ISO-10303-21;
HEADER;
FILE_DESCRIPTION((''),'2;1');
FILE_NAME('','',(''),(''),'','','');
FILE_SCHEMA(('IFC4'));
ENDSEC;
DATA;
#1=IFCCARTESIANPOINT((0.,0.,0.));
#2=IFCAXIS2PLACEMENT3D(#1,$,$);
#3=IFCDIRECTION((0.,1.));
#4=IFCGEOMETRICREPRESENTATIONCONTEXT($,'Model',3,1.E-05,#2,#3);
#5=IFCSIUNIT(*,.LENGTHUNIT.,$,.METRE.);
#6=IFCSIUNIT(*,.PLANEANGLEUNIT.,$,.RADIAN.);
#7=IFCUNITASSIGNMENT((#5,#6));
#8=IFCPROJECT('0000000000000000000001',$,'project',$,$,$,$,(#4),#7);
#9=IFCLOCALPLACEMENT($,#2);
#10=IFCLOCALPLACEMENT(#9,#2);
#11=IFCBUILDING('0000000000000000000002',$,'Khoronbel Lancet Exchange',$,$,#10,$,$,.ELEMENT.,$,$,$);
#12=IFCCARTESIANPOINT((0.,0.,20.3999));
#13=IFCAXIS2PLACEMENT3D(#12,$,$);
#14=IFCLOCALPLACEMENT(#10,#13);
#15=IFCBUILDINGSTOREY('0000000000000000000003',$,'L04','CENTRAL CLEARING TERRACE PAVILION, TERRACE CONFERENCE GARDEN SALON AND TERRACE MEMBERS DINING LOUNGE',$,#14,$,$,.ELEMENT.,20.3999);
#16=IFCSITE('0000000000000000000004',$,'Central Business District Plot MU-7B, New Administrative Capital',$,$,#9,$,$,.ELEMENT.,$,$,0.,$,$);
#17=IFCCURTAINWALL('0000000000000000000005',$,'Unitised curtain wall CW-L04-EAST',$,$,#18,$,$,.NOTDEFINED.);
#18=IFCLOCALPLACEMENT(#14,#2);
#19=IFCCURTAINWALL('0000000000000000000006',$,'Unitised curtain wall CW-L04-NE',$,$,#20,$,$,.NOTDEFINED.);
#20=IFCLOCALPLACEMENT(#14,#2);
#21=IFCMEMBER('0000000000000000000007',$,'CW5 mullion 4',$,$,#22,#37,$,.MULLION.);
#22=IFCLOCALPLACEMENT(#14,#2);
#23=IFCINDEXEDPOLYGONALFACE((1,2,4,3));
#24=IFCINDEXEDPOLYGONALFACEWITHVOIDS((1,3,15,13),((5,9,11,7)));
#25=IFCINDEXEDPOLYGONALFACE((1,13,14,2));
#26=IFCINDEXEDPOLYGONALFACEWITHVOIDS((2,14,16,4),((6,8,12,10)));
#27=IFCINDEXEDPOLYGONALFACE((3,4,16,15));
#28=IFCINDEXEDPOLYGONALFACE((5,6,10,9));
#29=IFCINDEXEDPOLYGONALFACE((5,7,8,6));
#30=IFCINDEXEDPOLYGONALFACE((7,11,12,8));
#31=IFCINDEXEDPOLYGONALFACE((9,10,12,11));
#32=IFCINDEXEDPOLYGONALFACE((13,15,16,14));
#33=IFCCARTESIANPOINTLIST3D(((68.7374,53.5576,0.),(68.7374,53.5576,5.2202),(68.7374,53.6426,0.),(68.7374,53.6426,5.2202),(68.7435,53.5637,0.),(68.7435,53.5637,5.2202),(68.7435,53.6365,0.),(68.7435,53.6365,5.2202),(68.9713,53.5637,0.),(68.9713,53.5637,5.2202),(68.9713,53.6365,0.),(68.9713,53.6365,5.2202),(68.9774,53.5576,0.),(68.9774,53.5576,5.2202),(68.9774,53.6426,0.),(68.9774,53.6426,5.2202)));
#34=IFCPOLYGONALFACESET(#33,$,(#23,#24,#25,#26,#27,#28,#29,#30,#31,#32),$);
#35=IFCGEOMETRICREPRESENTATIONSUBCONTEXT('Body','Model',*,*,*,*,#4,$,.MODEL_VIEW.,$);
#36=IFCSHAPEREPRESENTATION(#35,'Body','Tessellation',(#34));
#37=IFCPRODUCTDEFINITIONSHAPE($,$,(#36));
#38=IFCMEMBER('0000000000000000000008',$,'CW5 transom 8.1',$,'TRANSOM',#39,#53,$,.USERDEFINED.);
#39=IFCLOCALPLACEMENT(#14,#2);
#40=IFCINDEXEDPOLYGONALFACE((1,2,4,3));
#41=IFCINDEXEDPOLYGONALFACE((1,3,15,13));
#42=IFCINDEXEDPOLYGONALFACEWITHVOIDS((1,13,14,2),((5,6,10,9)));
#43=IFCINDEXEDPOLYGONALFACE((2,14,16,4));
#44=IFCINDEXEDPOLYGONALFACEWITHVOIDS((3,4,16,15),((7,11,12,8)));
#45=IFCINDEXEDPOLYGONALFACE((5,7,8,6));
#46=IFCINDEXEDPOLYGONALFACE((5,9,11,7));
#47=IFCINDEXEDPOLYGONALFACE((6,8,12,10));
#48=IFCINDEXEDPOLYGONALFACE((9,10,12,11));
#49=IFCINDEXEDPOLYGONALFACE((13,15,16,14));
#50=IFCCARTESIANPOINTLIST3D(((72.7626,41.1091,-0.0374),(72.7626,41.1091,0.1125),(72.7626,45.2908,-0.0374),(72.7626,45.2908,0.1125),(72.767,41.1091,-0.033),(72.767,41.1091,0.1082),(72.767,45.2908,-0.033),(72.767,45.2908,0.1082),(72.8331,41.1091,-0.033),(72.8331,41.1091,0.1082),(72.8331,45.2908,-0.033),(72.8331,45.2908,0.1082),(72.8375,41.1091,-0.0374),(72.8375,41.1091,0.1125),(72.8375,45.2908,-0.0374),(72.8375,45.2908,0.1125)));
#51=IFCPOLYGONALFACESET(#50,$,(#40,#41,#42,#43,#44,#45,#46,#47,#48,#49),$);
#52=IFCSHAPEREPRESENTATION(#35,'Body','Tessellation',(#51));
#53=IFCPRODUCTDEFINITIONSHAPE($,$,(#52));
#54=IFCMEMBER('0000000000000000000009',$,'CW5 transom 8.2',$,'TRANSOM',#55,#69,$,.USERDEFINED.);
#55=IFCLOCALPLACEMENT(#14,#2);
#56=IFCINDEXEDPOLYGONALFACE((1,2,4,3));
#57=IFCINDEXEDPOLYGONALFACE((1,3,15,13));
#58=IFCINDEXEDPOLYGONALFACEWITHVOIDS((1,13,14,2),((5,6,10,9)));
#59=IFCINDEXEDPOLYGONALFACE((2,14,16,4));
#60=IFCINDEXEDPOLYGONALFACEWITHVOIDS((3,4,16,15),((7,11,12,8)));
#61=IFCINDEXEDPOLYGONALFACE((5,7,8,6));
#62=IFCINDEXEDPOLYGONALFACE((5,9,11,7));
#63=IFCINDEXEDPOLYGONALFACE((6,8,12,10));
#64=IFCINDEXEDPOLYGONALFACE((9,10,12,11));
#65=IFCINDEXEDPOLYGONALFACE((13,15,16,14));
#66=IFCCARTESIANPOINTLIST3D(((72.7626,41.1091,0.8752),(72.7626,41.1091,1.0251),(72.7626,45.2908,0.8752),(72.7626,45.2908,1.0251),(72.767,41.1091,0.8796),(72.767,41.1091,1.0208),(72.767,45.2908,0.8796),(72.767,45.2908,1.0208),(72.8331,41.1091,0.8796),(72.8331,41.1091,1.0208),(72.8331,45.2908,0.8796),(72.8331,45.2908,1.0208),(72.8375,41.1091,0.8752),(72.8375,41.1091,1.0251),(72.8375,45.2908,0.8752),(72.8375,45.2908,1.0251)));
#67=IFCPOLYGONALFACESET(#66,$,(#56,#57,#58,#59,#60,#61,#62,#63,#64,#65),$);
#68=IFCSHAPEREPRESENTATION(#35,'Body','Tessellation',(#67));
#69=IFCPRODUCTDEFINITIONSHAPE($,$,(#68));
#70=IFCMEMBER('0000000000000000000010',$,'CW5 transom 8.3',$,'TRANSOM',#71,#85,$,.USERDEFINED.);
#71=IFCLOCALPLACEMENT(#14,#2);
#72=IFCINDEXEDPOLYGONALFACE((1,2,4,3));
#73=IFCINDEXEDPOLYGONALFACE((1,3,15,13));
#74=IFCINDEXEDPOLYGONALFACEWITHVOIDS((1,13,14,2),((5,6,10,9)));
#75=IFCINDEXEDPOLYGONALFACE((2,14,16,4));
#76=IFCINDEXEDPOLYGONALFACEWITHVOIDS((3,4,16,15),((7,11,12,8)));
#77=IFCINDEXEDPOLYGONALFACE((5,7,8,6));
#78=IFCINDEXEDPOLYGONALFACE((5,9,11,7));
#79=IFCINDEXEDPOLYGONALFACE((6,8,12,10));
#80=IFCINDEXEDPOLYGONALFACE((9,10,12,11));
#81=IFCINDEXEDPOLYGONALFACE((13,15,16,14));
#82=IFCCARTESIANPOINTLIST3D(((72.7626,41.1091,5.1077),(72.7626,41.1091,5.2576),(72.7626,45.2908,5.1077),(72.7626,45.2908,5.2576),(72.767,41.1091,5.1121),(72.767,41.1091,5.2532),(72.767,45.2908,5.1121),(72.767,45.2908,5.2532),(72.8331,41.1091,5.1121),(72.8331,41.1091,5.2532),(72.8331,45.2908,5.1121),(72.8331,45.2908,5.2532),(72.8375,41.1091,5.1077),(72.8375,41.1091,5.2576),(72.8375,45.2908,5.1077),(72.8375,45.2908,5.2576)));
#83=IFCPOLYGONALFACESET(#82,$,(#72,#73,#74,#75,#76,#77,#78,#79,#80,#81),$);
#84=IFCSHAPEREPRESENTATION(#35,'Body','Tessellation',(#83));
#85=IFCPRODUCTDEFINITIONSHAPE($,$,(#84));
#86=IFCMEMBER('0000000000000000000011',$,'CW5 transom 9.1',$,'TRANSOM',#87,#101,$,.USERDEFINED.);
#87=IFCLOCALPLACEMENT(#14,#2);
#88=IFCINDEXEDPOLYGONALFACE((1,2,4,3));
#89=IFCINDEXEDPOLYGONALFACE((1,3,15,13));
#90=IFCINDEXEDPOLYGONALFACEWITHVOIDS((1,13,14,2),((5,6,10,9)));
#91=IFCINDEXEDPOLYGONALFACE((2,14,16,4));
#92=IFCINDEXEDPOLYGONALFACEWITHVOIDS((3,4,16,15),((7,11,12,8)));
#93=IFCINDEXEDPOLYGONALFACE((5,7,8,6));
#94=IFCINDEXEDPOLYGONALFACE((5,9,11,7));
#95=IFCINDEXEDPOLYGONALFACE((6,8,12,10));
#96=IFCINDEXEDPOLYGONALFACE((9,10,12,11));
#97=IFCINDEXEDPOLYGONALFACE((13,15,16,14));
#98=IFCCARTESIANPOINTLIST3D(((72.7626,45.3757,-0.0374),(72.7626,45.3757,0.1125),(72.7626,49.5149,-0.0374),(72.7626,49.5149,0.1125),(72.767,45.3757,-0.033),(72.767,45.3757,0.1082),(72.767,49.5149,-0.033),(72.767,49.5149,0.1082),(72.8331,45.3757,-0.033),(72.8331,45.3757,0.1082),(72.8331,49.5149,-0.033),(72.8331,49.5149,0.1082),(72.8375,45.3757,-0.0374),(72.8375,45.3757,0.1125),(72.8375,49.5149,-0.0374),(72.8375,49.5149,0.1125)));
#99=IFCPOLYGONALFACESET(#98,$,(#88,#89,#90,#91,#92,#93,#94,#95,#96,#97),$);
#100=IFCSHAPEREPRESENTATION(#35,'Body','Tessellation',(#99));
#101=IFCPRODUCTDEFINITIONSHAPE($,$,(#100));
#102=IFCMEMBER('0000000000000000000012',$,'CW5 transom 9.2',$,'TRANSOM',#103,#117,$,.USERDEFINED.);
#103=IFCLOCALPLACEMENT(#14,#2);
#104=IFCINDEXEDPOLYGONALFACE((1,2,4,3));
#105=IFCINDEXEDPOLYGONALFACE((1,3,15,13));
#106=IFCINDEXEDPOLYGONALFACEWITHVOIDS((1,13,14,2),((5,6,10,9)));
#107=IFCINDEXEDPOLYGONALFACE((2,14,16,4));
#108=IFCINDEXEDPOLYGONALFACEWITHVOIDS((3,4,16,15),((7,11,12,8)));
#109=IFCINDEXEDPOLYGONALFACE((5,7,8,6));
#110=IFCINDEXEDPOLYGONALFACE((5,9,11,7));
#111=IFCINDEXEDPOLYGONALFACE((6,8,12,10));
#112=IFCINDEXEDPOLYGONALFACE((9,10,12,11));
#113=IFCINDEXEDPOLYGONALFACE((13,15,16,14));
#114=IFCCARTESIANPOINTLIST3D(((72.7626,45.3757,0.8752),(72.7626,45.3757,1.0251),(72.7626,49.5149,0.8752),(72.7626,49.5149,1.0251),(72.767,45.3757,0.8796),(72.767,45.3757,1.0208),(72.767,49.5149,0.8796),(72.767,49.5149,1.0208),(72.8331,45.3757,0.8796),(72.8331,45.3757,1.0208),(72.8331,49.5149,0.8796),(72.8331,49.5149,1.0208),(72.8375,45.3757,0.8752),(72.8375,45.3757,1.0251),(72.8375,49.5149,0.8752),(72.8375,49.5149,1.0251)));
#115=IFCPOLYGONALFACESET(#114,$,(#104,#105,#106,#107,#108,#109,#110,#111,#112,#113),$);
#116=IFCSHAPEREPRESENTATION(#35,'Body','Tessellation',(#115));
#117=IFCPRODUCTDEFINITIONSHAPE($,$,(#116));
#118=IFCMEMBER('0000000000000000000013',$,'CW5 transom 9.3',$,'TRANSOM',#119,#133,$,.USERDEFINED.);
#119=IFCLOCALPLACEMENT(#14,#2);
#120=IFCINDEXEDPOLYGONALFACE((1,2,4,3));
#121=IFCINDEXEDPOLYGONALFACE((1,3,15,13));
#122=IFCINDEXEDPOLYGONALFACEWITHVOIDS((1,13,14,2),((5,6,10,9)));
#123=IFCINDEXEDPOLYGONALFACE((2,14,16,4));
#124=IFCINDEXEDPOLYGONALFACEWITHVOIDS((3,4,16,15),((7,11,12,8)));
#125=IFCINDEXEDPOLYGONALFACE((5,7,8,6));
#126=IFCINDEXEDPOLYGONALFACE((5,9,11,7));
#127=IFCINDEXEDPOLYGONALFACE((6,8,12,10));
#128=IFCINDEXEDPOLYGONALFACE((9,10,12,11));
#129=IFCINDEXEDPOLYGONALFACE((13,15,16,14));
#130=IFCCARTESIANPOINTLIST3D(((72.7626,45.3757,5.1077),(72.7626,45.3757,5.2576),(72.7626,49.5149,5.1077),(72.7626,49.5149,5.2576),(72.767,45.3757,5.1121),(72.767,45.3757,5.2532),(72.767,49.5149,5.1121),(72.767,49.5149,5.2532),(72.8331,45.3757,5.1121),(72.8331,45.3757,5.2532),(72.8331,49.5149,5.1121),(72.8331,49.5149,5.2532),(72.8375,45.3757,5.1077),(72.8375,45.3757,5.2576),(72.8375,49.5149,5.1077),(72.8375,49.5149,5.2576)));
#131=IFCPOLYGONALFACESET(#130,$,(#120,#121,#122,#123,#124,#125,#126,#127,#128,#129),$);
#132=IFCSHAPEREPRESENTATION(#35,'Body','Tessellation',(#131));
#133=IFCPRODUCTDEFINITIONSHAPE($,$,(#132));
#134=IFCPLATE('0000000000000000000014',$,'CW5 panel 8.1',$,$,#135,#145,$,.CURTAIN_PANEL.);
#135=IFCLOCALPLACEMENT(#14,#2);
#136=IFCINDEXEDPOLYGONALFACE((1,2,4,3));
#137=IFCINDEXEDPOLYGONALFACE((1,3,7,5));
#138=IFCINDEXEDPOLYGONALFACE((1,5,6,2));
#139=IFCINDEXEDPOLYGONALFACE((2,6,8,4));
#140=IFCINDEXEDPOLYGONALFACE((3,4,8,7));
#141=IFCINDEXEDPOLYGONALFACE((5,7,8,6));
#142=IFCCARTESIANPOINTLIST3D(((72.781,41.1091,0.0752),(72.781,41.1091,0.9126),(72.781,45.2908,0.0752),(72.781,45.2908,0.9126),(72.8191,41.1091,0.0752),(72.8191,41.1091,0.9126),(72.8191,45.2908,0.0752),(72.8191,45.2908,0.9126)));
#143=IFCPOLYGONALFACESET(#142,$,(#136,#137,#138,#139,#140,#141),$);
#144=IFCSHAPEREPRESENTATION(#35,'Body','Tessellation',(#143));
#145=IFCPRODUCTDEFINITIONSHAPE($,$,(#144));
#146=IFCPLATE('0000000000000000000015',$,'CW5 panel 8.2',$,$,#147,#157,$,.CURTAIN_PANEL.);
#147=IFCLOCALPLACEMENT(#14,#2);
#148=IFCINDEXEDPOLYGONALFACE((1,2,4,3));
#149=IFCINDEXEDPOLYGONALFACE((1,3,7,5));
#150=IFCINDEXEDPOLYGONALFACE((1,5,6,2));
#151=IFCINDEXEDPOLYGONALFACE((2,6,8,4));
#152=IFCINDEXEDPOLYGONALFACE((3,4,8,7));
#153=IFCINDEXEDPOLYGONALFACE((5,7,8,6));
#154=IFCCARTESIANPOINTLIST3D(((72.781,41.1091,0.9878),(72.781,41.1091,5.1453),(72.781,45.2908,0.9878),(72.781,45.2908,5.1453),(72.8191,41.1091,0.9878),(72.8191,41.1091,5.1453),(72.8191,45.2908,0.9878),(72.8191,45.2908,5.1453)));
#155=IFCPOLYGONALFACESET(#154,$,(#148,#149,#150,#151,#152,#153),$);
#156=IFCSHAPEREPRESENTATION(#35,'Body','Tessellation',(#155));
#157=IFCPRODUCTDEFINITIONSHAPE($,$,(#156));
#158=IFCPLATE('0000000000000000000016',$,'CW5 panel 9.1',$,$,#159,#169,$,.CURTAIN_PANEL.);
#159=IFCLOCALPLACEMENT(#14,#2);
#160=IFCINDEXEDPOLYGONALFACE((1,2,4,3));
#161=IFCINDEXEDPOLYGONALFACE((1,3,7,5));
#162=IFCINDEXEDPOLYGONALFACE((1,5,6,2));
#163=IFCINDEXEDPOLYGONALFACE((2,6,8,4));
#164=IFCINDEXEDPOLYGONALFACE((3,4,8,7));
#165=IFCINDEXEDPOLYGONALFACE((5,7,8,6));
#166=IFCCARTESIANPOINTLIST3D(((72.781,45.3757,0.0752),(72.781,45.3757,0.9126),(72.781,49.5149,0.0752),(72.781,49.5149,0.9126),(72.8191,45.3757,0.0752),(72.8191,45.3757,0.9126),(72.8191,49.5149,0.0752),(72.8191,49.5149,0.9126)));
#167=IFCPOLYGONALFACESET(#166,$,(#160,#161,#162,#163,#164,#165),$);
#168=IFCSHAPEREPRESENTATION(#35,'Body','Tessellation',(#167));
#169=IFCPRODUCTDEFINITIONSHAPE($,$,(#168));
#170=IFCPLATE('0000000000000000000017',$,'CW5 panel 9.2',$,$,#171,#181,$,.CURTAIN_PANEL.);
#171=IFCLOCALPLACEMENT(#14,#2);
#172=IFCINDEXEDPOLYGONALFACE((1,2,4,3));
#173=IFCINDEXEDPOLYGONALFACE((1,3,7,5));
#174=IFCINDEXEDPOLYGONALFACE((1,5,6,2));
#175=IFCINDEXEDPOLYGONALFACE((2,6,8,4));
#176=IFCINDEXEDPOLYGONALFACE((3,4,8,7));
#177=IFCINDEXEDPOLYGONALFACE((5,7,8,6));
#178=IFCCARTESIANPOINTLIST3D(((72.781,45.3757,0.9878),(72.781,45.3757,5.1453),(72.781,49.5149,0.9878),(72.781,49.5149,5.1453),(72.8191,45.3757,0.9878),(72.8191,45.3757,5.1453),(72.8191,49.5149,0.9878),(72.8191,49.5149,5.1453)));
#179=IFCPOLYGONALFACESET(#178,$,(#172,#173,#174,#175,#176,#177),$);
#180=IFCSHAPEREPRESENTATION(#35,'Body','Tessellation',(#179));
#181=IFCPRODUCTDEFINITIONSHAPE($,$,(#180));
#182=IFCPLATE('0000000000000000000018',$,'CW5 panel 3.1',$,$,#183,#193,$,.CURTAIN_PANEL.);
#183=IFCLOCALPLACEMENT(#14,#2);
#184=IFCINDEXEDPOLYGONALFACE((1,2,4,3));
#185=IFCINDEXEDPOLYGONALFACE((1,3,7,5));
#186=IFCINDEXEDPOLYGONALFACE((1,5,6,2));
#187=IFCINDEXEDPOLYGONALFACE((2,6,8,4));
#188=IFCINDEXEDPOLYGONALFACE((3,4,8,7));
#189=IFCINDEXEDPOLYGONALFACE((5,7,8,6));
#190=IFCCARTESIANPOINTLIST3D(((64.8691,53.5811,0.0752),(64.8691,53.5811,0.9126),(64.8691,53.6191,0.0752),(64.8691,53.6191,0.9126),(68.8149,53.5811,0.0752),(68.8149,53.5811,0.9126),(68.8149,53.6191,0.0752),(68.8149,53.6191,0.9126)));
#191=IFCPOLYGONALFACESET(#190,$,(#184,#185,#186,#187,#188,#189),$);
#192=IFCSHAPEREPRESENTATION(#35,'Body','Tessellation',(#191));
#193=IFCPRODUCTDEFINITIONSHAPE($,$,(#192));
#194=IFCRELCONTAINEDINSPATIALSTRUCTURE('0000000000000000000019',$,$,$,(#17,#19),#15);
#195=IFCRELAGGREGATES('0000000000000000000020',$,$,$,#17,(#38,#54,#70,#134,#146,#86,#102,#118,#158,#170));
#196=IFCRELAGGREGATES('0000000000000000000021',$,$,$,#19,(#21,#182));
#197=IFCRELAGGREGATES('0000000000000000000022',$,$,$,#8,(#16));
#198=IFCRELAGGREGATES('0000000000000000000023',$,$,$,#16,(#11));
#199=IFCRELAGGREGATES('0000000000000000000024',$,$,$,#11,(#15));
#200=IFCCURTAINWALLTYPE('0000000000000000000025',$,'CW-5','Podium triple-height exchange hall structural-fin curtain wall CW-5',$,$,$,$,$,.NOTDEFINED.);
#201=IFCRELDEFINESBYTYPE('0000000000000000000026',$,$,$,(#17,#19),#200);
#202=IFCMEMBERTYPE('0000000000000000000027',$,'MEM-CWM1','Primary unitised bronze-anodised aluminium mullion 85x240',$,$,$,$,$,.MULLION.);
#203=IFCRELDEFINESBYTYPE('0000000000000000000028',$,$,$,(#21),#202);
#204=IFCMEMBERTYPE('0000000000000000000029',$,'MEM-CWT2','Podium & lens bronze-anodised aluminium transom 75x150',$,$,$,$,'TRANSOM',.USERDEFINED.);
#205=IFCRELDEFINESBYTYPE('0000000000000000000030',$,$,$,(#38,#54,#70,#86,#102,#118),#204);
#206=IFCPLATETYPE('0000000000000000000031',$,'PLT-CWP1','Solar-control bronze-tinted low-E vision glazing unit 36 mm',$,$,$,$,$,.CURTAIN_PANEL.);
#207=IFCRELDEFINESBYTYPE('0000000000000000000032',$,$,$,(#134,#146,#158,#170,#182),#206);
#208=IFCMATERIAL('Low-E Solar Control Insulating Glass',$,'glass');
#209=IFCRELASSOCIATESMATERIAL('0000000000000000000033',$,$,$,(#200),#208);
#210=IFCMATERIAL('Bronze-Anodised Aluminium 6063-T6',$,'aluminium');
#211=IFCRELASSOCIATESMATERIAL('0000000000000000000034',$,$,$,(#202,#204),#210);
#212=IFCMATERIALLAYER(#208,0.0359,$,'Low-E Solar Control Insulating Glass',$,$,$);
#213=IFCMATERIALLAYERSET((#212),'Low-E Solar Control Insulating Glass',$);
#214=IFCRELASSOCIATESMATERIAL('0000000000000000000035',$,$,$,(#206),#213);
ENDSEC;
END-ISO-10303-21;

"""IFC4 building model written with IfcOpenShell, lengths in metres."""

from ifc_helpers import new_model, si_unit, direction, frame, origin, origin_2d, place, context, subcontext, project, spatial, rectangle, hollow_rectangle, extrude, material, layer, layer_set, material_profile, profile_set, type_object, element, aggregate, save


model = new_model("IFC4")

# Units and contexts
model_context = context("Model", 3, precision=1e-05, world=origin(), true_north=direction((0.0, 1.0)))
body_context = subcontext(model_context, "Body", "Model", "MODEL_VIEW")
ifc_project = project(units=[si_unit("LENGTHUNIT", "METRE"), si_unit("PLANEANGLEUNIT", "RADIAN")], contexts=[model_context])

# Site, building, storey
site_placement = place(None, origin())
site = spatial("IfcSite", under=ifc_project, at=site_placement, Name="Central Business District Plot MU-7B, New Administrative Capital", CompositionType="ELEMENT", RefElevation=0.0)
building_placement = place(site_placement, origin())
building = spatial("IfcBuilding", under=site, at=building_placement, Name="Khoronbel Lancet Exchange", CompositionType="ELEMENT")
storey_placement = place(building_placement, frame((0.0, 0.0, 20.3999)))
storey = spatial("IfcBuildingStorey", under=building, at=storey_placement, Name="L04", Description="CENTRAL CLEARING TERRACE PAVILION, TERRACE CONFERENCE GARDEN SALON AND TERRACE MEMBERS DINING LOUNGE", CompositionType="ELEMENT", Elevation=20.3999)

# Curtain wall
ifc_material_1 = material(Name="Low-E Solar Control Insulating Glass", Category="glass")
curtain_wall_type = type_object("IfcCurtainWallType", Name="CW-5", Description="Podium triple-height exchange hall structural-fin curtain wall CW-5", PredefinedType="NOTDEFINED", material=ifc_material_1)
curtain_wall_1_placement = place(storey_placement, origin())
curtain_wall_1 = element("IfcCurtainWall", 1, at=curtain_wall_1_placement, inside=storey, type_object=curtain_wall_type, Name="Unitised curtain wall CW-L04-EAST", PredefinedType="NOTDEFINED")
ifc_material_2 = material(Name="Bronze-Anodised Aluminium 6063-T6", Category="aluminium")
ifc_material_profile_1 = material_profile(ifc_material_2, hollow_rectangle(XDim=0.085, YDim=0.24, WallThickness=0.0061, at=origin_2d()), Name="ALU MULLION 85x240")
ifc_profile_set_1 = profile_set([ifc_material_profile_1], Name="Bronze-Anodised Aluminium 6063-T6")
member_type_1 = type_object("IfcMemberType", Name="MEM-CWM1", Description="Primary unitised bronze-anodised aluminium mullion 85x240", PredefinedType="MULLION", material=ifc_profile_set_1)

# Curtain wall, member
curtain_wall_2_placement = place(storey_placement, origin())
curtain_wall_2 = element("IfcCurtainWall", 2, at=curtain_wall_2_placement, inside=storey, type_object=curtain_wall_type, Name="Unitised curtain wall CW-L04-NE", PredefinedType="NOTDEFINED")
member_1_placement = place(storey_placement, frame((68.8574, 53.6001, 0.0), z_axis=(0.0, 0.0, 1.0), x_axis=(0.0, 1.0, 0.0)))
member_1 = element("IfcMember", 3, at=member_1_placement, type_object=member_type_1, Name="CW5 mullion 4", PredefinedType="MULLION", context=body_context, shape_type="SweptSolid", body=[
    extrude(hollow_rectangle(XDim=0.085, YDim=0.24, WallThickness=0.0061, at=origin_2d()), origin(), (0.0, 0.0, 1.0), 5.2202),
])

# Members
ifc_material_profile_2 = material_profile(ifc_material_2, hollow_rectangle(XDim=0.075, YDim=0.1499, WallThickness=0.0044, at=origin_2d()), Name="ALU TRANSOM 75x150")
ifc_profile_set_2 = profile_set([ifc_material_profile_2], Name="Bronze-Anodised Aluminium 6063-T6")
member_type_2 = type_object("IfcMemberType", Name="MEM-CWT2", Description="Podium & lens bronze-anodised aluminium transom 75x150", ElementType="TRANSOM", PredefinedType="USERDEFINED", material=ifc_profile_set_2)
member_2_placement = place(storey_placement, frame((72.8, 41.1091, 0.0376), z_axis=(0.0, 1.0, 0.0), x_axis=(-1.0, 0.0, 0.0)))
member_2 = element("IfcMember", 4, at=member_2_placement, type_object=member_type_2, Name="CW5 transom 8.1", ObjectType="TRANSOM", PredefinedType="USERDEFINED", context=body_context, shape_type="SweptSolid", body=[
    extrude(hollow_rectangle(XDim=0.075, YDim=0.1499, WallThickness=0.0044, at=origin_2d()), origin(), (0.0, 0.0, 1.0), 4.1816),
])
member_3_placement = place(storey_placement, frame((72.8, 41.1091, 0.9502), z_axis=(0.0, 1.0, 0.0), x_axis=(-1.0, 0.0, 0.0)))
member_3 = element("IfcMember", 5, at=member_3_placement, type_object=member_type_2, Name="CW5 transom 8.2", ObjectType="TRANSOM", PredefinedType="USERDEFINED", context=body_context, shape_type="SweptSolid", body=[
    extrude(hollow_rectangle(XDim=0.075, YDim=0.1499, WallThickness=0.0044, at=origin_2d()), origin(), (0.0, 0.0, 1.0), 4.1816),
])
member_4_placement = place(storey_placement, frame((72.8, 41.1091, 5.1826), z_axis=(0.0, 1.0, 0.0), x_axis=(-1.0, 0.0, 0.0)))
member_4 = element("IfcMember", 6, at=member_4_placement, type_object=member_type_2, Name="CW5 transom 8.3", ObjectType="TRANSOM", PredefinedType="USERDEFINED", context=body_context, shape_type="SweptSolid", body=[
    extrude(hollow_rectangle(XDim=0.075, YDim=0.1499, WallThickness=0.0044, at=origin_2d()), origin(), (0.0, 0.0, 1.0), 4.1816),
])
member_5_placement = place(storey_placement, frame((72.8, 45.3757, 0.0376), z_axis=(0.0, 1.0, 0.0), x_axis=(-1.0, 0.0, 0.0)))
member_5 = element("IfcMember", 7, at=member_5_placement, type_object=member_type_2, Name="CW5 transom 9.1", ObjectType="TRANSOM", PredefinedType="USERDEFINED", context=body_context, shape_type="SweptSolid", body=[
    extrude(hollow_rectangle(XDim=0.075, YDim=0.1499, WallThickness=0.0044, at=origin_2d()), origin(), (0.0, 0.0, 1.0), 4.1392),
])
member_6_placement = place(storey_placement, frame((72.8, 45.3757, 0.9502), z_axis=(0.0, 1.0, 0.0), x_axis=(-1.0, 0.0, 0.0)))
member_6 = element("IfcMember", 8, at=member_6_placement, type_object=member_type_2, Name="CW5 transom 9.2", ObjectType="TRANSOM", PredefinedType="USERDEFINED", context=body_context, shape_type="SweptSolid", body=[
    extrude(hollow_rectangle(XDim=0.075, YDim=0.1499, WallThickness=0.0044, at=origin_2d()), origin(), (0.0, 0.0, 1.0), 4.1392),
])
member_7_placement = place(storey_placement, frame((72.8, 45.3757, 5.1826), z_axis=(0.0, 1.0, 0.0), x_axis=(-1.0, 0.0, 0.0)))
member_7 = element("IfcMember", 9, at=member_7_placement, type_object=member_type_2, Name="CW5 transom 9.3", ObjectType="TRANSOM", PredefinedType="USERDEFINED", context=body_context, shape_type="SweptSolid", body=[
    extrude(hollow_rectangle(XDim=0.075, YDim=0.1499, WallThickness=0.0044, at=origin_2d()), origin(), (0.0, 0.0, 1.0), 4.1392),
])

# Plates
ifc_layer_1 = layer(ifc_material_1, 0.0359, Name="Low-E Solar Control Insulating Glass")
ifc_layer_set_1 = layer_set([ifc_layer_1], Name="Low-E Solar Control Insulating Glass")
plate_type_1 = type_object("IfcPlateType", Name="PLT-CWP1", Description="Solar-control bronze-tinted low-E vision glazing unit 36 mm", PredefinedType="CURTAIN_PANEL", material=ifc_layer_set_1)
plate_1_placement = place(storey_placement, frame((72.8, 43.2, 0.0752), z_axis=(0.0, 0.0, 1.0), x_axis=(0.0, 1.0, 0.0)))
plate_1 = element("IfcPlate", 10, at=plate_1_placement, type_object=plate_type_1, Name="CW5 panel 8.1", PredefinedType="CURTAIN_PANEL", context=body_context, shape_type="SweptSolid", body=[
    extrude(rectangle(XDim=4.1816, YDim=0.0381, at=origin_2d()), origin(), (0.0, 0.0, 1.0), 0.8374),
])
plate_2_placement = place(storey_placement, frame((72.8, 43.2, 0.9878), z_axis=(0.0, 0.0, 1.0), x_axis=(0.0, 1.0, 0.0)))
plate_2 = element("IfcPlate", 11, at=plate_2_placement, type_object=plate_type_1, Name="CW5 panel 8.2", PredefinedType="CURTAIN_PANEL", context=body_context, shape_type="SweptSolid", body=[
    extrude(rectangle(XDim=4.1816, YDim=0.0381, at=origin_2d()), origin(), (0.0, 0.0, 1.0), 4.1575),
])
plate_3_placement = place(storey_placement, frame((72.8, 47.4453, 0.0752), z_axis=(0.0, 0.0, 1.0), x_axis=(0.0, 1.0, 0.0)))
plate_3 = element("IfcPlate", 12, at=plate_3_placement, type_object=plate_type_1, Name="CW5 panel 9.1", PredefinedType="CURTAIN_PANEL", context=body_context, shape_type="SweptSolid", body=[
    extrude(rectangle(XDim=4.1392, YDim=0.0381, at=origin_2d()), origin(), (0.0, 0.0, 1.0), 0.8374),
])
plate_4_placement = place(storey_placement, frame((72.8, 47.4453, 0.9878), z_axis=(0.0, 0.0, 1.0), x_axis=(0.0, 1.0, 0.0)))
plate_4 = element("IfcPlate", 13, at=plate_4_placement, type_object=plate_type_1, Name="CW5 panel 9.2", PredefinedType="CURTAIN_PANEL", context=body_context, shape_type="SweptSolid", body=[
    extrude(rectangle(XDim=4.1392, YDim=0.0381, at=origin_2d()), origin(), (0.0, 0.0, 1.0), 4.1575),
])
aggregate(curtain_wall_1, [member_2, member_3, member_4, plate_1, plate_2, member_5, member_6, member_7, plate_3, plate_4])
plate_5_placement = place(storey_placement, frame((66.842, 53.6001, 0.0752), z_axis=(0.0, 0.0, 1.0), x_axis=(1.0, 0.0, 0.0)))
plate_5 = element("IfcPlate", 14, at=plate_5_placement, type_object=plate_type_1, Name="CW5 panel 3.1", PredefinedType="CURTAIN_PANEL", context=body_context, shape_type="SweptSolid", body=[
    extrude(rectangle(XDim=3.9458, YDim=0.0381, at=origin_2d()), origin(), (0.0, 0.0, 1.0), 0.8374),
])
aggregate(curtain_wall_2, [member_1, plate_5])

save(model, "model.ifc")
